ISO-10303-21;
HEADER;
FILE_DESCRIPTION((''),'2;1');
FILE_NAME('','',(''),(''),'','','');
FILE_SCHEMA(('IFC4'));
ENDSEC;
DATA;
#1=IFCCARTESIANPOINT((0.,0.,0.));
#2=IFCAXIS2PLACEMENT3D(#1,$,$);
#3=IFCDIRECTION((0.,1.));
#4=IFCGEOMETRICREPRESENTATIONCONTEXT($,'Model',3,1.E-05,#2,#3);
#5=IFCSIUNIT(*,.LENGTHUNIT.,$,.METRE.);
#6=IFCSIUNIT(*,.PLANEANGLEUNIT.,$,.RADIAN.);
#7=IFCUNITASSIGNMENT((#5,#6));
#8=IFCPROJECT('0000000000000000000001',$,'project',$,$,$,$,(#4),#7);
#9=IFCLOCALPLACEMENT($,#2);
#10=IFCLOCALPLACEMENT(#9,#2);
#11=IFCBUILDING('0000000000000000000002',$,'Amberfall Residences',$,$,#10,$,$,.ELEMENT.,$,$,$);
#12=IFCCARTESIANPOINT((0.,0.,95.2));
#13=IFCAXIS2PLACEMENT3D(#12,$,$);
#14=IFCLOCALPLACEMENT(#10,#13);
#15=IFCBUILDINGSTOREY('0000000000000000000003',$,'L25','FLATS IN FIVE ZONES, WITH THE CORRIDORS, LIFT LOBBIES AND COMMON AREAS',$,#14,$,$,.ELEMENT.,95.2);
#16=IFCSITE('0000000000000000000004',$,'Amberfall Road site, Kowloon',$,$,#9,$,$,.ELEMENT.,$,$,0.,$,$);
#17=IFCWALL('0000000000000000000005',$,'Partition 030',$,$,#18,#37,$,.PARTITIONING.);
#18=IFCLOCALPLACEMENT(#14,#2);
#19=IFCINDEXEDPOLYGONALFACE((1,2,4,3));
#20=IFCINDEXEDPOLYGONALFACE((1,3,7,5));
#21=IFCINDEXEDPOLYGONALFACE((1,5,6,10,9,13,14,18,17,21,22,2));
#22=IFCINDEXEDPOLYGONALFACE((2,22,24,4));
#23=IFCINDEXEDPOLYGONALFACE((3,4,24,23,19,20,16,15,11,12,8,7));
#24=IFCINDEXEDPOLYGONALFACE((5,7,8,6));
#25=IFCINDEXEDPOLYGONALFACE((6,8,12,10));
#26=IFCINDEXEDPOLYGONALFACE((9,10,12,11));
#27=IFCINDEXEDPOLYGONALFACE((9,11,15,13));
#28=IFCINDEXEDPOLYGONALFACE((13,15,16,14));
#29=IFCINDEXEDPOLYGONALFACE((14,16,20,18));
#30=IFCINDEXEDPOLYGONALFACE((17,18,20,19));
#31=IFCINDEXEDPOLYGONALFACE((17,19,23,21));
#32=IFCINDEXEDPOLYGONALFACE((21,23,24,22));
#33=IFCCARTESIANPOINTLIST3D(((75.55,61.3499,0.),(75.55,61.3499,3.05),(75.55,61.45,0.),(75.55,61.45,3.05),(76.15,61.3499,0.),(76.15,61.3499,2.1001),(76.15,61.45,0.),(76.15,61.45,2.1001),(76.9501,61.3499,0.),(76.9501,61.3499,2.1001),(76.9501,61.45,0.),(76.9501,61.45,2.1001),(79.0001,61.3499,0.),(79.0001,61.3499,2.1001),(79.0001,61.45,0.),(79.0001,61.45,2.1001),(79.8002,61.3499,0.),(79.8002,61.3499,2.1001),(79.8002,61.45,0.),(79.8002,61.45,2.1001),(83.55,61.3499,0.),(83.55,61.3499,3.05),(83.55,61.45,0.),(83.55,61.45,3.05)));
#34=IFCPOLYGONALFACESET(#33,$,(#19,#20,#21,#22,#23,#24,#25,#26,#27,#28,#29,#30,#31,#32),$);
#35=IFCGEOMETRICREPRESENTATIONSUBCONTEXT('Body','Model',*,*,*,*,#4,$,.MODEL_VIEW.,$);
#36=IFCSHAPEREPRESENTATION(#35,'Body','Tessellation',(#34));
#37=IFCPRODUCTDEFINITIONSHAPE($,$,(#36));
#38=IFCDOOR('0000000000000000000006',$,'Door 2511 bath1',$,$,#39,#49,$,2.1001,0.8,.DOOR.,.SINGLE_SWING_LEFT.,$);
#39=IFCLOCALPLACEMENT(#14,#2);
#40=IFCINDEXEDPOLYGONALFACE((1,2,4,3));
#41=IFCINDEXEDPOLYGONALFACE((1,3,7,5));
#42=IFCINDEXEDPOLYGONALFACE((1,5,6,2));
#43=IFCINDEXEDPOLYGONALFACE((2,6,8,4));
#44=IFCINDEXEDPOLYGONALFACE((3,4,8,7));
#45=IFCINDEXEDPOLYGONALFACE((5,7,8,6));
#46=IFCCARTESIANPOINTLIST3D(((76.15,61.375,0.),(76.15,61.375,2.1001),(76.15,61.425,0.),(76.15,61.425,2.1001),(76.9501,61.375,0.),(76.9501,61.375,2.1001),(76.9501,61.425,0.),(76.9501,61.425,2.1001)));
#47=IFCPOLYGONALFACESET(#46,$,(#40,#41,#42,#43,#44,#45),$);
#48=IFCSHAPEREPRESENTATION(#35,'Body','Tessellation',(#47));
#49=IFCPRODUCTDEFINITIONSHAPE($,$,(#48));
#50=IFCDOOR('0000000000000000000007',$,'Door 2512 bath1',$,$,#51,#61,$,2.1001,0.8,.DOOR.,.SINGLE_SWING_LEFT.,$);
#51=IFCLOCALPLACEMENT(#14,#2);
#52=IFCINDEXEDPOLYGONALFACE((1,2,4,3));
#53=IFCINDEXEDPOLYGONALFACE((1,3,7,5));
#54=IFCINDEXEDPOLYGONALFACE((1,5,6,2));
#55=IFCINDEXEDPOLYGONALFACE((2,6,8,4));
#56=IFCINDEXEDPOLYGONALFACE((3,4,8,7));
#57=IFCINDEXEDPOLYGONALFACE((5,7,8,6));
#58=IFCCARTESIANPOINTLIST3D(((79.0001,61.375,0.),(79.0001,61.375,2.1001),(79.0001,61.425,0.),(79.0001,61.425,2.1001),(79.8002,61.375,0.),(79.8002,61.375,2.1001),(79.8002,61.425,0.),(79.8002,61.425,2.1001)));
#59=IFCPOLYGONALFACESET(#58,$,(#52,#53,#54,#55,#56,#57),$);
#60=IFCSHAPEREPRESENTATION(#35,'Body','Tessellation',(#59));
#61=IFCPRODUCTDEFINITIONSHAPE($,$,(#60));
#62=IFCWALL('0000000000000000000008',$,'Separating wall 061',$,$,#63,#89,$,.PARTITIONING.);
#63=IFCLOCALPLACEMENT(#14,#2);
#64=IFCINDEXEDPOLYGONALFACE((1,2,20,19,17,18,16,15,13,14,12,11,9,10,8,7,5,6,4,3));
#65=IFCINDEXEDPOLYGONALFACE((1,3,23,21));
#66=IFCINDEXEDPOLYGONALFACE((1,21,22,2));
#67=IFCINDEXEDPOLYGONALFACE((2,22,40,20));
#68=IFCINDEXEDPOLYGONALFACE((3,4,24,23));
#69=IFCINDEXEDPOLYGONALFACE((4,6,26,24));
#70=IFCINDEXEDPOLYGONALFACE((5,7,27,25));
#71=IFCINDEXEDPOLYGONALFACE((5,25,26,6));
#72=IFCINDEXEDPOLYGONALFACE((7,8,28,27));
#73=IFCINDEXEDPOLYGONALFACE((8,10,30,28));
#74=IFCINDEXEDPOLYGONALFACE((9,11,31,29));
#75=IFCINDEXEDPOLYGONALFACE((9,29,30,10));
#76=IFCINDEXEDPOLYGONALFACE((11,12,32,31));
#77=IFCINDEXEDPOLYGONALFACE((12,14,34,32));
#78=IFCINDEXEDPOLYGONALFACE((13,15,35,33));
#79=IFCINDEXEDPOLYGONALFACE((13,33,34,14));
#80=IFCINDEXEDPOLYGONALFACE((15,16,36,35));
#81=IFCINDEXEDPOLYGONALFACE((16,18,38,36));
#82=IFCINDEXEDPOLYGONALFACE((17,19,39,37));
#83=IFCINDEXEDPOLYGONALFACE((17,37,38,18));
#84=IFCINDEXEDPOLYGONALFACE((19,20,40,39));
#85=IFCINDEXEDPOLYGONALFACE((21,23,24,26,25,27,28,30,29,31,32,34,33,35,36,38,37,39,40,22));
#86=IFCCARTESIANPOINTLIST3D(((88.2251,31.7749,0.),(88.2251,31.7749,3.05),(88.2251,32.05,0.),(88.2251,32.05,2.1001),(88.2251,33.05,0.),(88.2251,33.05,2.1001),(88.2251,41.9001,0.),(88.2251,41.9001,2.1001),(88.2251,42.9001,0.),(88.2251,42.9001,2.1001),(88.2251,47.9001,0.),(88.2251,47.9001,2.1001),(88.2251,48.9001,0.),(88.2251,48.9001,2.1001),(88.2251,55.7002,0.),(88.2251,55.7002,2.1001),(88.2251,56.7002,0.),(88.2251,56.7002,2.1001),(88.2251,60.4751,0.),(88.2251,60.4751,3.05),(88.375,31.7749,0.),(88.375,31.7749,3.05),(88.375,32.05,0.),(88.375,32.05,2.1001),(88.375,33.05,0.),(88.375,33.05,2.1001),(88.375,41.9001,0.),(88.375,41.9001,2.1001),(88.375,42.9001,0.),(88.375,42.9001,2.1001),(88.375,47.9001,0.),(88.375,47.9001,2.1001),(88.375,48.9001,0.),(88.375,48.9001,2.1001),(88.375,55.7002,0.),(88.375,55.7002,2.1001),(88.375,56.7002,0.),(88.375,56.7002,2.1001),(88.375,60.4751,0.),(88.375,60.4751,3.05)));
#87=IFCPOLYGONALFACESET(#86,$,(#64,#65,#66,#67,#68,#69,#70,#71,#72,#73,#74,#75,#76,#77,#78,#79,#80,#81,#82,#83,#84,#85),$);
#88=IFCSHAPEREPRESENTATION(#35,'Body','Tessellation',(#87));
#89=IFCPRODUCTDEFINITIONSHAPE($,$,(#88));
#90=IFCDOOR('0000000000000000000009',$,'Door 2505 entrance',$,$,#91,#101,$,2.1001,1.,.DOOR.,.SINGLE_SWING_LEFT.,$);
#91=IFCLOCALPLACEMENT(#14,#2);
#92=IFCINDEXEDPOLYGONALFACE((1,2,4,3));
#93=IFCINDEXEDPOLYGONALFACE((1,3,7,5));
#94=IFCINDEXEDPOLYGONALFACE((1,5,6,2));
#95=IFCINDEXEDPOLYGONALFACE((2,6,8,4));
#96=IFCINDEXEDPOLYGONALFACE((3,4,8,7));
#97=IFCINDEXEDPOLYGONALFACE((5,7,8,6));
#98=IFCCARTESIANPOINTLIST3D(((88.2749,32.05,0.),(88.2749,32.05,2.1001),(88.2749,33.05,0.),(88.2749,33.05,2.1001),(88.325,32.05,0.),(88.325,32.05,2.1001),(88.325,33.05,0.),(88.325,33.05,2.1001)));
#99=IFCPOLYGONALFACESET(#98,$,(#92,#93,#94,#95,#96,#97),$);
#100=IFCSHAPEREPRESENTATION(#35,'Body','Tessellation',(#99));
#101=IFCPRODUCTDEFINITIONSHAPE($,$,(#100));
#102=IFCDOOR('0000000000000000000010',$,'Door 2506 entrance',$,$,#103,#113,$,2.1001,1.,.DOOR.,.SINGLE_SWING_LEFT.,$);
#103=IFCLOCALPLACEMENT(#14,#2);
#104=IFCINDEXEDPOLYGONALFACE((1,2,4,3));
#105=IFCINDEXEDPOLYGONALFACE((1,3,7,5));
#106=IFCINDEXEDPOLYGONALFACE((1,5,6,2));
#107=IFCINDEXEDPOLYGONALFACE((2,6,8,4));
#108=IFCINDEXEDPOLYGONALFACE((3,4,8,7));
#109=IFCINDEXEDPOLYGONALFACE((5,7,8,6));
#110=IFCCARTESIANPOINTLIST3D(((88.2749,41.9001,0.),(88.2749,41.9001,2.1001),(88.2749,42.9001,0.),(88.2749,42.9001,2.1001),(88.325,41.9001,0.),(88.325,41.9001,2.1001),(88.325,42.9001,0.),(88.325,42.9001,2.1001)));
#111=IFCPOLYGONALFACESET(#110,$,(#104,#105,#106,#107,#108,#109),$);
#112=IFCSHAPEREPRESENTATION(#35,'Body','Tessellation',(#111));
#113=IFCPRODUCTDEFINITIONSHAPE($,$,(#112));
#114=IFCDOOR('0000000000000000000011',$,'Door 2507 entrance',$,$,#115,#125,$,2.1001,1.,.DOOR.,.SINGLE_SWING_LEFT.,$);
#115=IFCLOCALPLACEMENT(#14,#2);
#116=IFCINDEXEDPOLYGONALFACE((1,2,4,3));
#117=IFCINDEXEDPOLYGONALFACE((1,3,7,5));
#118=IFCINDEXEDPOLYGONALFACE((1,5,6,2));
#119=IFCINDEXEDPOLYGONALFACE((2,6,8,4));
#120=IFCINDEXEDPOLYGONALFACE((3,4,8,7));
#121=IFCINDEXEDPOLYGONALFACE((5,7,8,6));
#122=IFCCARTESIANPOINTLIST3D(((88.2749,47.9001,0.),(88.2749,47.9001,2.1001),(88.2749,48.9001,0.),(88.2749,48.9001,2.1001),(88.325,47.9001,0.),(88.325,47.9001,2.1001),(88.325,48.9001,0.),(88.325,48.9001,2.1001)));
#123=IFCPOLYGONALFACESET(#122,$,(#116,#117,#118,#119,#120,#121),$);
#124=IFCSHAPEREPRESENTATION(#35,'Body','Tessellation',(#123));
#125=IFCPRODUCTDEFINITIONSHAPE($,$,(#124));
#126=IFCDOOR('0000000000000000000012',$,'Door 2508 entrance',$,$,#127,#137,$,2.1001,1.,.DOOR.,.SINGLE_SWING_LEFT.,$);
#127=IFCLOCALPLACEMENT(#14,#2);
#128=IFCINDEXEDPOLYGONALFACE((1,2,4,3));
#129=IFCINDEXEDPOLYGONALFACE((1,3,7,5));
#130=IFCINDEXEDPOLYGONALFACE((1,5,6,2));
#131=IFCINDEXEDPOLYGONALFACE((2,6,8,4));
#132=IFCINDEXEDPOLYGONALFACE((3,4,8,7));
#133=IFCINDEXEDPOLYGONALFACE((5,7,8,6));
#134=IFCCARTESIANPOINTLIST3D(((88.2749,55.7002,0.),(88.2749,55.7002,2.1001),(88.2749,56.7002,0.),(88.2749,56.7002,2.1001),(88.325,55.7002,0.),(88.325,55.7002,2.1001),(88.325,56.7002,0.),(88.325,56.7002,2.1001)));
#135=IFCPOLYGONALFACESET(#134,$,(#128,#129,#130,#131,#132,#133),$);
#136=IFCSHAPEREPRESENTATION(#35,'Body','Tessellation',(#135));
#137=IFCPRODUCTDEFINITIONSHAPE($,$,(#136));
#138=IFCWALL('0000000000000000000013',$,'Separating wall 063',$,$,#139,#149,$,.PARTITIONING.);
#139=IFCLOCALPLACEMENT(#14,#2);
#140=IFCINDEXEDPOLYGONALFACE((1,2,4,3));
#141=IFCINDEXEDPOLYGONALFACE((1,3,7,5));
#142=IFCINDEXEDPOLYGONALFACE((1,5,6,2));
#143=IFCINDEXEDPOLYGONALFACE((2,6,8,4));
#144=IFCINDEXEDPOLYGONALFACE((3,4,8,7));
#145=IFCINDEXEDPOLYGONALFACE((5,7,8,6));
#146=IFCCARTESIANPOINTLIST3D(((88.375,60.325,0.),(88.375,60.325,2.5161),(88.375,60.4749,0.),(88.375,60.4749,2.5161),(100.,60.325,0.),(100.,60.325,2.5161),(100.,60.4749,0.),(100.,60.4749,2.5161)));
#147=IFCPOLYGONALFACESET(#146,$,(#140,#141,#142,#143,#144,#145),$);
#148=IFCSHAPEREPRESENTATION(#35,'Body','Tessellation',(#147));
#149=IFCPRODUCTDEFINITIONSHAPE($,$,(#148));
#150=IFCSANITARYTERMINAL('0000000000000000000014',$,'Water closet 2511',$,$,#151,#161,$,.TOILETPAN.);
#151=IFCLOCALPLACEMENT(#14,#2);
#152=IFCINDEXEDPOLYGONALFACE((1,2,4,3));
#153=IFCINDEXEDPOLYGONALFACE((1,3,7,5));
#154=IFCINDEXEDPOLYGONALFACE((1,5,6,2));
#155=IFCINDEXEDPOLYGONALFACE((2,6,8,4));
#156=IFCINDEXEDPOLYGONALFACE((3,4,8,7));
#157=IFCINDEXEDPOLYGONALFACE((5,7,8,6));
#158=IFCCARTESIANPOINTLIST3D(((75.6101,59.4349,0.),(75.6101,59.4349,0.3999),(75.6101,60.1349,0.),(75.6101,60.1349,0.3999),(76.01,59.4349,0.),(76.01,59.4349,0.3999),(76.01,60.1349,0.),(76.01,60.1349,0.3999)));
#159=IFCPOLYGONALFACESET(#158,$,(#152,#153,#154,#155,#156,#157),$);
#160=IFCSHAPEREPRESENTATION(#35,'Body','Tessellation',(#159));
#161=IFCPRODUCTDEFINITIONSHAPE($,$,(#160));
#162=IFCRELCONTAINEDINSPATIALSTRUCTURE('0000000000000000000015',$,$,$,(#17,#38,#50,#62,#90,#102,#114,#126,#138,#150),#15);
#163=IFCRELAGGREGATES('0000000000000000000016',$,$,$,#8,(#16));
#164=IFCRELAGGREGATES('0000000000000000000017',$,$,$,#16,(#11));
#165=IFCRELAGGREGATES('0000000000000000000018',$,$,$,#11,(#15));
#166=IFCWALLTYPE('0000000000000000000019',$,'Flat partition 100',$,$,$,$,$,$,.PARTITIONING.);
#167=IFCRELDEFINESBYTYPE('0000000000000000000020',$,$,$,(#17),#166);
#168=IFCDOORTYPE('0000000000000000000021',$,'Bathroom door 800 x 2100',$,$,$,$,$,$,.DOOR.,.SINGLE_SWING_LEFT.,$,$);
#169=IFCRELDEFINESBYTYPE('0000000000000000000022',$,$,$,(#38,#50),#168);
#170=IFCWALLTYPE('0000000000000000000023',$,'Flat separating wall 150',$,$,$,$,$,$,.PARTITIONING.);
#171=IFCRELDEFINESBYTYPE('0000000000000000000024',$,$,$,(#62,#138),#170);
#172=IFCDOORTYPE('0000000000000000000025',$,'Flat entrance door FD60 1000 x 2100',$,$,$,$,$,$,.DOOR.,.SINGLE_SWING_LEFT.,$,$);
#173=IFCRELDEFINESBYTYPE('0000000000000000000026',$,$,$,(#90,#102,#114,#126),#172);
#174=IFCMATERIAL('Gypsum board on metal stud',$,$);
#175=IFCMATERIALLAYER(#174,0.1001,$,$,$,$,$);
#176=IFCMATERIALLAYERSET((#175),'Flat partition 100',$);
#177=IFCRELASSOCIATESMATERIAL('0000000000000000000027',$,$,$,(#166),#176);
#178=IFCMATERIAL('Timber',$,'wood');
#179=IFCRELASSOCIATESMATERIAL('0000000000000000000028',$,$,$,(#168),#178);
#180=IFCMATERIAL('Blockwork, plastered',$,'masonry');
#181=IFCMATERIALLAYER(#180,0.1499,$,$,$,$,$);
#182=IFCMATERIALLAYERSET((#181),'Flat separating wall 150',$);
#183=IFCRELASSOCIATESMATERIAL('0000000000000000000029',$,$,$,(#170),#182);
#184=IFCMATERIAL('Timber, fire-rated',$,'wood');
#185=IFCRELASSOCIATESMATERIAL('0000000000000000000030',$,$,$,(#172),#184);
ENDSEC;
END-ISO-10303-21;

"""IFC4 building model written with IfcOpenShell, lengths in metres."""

from ifc_helpers import new_model, si_unit, direction, frame, frame_2d, origin, origin_2d, place, context, subcontext, project, spatial, rectangle, extrude, material, layer, layer_set, type_object, element, fill, save


model = new_model("IFC4")

# Units and contexts
model_context = context("Model", 3, precision=1e-05, world=origin(), true_north=direction((0.0, 1.0)))
body_context = subcontext(model_context, "Body", "Model", "MODEL_VIEW")
ifc_project = project(units=[si_unit("LENGTHUNIT", "METRE"), si_unit("PLANEANGLEUNIT", "RADIAN")], contexts=[model_context])

# Site, building, storey
site_placement = place(None, origin())
site = spatial("IfcSite", under=ifc_project, at=site_placement, Name="Amberfall Road site, Kowloon", CompositionType="ELEMENT", RefElevation=0.0)
building_placement = place(site_placement, origin())
building = spatial("IfcBuilding", under=site, at=building_placement, Name="Amberfall Residences", CompositionType="ELEMENT")
storey_placement = place(building_placement, frame((0.0, 0.0, 95.2)))
storey = spatial("IfcBuildingStorey", under=building, at=storey_placement, Name="L25", Description="FLATS IN FIVE ZONES, WITH THE CORRIDORS, LIFT LOBBIES AND COMMON AREAS", CompositionType="ELEMENT", Elevation=95.2)

# Walls, openings, doors
ifc_material_1 = material(Name="Gypsum board on metal stud")
ifc_layer_1 = layer(ifc_material_1, 0.1001)
ifc_layer_set_1 = layer_set([ifc_layer_1], Name="Flat partition 100")
wall_type_1 = type_object("IfcWallType", Name="Flat partition 100", PredefinedType="PARTITIONING", material=ifc_layer_set_1)
ifc_material_2 = material(Name="Timber", Category="wood")
wall_1_placement = place(storey_placement, frame((83.55, 61.3999, 0.0), z_axis=(0.0, 0.0, 1.0), x_axis=(-1.0, 0.0, 0.0)))
wall_1 = element("IfcWall", 1, at=wall_1_placement, inside=storey, type_object=wall_type_1, Name="Partition 030", PredefinedType="PARTITIONING", context=body_context, shape_type="SweptSolid", body=[
    extrude(rectangle(XDim=8.0, YDim=0.1001, at=frame_2d((4.0, 0.0))), origin(), (0.0, 0.0, 1.0), 3.05),
])
opening_1_placement = place(wall_1_placement, frame((6.6001, 0.0, 0.0)))
opening_1 = element("IfcOpeningElement", 2, at=opening_1_placement, cuts=wall_1, PredefinedType="OPENING", context=body_context, shape_type="SweptSolid", body=[
    extrude(rectangle(XDim=0.8, YDim=2.1001, at=frame_2d((0.3999, 1.05))), frame((0.0, 0.0601, 0.0), z_axis=(0.0, -1.0, 0.0), x_axis=(1.0, 0.0, 0.0)), (0.0, 0.0, 1.0), 0.1201),
])
opening_2_placement = place(wall_1_placement, frame((3.75, 0.0, 0.0)))
opening_2 = element("IfcOpeningElement", 3, at=opening_2_placement, cuts=wall_1, PredefinedType="OPENING", context=body_context, shape_type="SweptSolid", body=[
    extrude(rectangle(XDim=0.8, YDim=2.1001, at=frame_2d((0.3999, 1.05))), frame((0.0, 0.0601, 0.0), z_axis=(0.0, -1.0, 0.0), x_axis=(1.0, 0.0, 0.0)), (0.0, 0.0, 1.0), 0.1201),
])
door_type_1 = type_object("IfcDoorType", Name="Bathroom door 800 x 2100", OperationType="SINGLE_SWING_LEFT", PredefinedType="DOOR", material=ifc_material_2)
door_1_placement = place(opening_1_placement, origin())
door_1 = element("IfcDoor", 4, at=door_1_placement, inside=storey, type_object=door_type_1, Name="Door 2511 bath1", OperationType="SINGLE_SWING_LEFT", OverallHeight=2.1001, OverallWidth=0.8, PredefinedType="DOOR", context=body_context, shape_type="SweptSolid", body=[
    extrude(rectangle(XDim=0.8, YDim=2.1001, at=frame_2d((0.3999, 1.05))), frame((0.0, 0.0249, 0.0), z_axis=(0.0, -1.0, 0.0), x_axis=(1.0, 0.0, 0.0)), (0.0, 0.0, 1.0), 0.05),
])
fill(opening_1, door_1)
door_2_placement = place(opening_2_placement, origin())
door_2 = element("IfcDoor", 5, at=door_2_placement, inside=storey, type_object=door_type_1, Name="Door 2512 bath1", OperationType="SINGLE_SWING_LEFT", OverallHeight=2.1001, OverallWidth=0.8, PredefinedType="DOOR", context=body_context, shape_type="SweptSolid", body=[
    extrude(rectangle(XDim=0.8, YDim=2.1001, at=frame_2d((0.3999, 1.05))), frame((0.0, 0.0249, 0.0), z_axis=(0.0, -1.0, 0.0), x_axis=(1.0, 0.0, 0.0)), (0.0, 0.0, 1.0), 0.05),
])
fill(opening_2, door_2)
ifc_material_3 = material(Name="Blockwork, plastered", Category="masonry")
ifc_layer_2 = layer(ifc_material_3, 0.1499)
ifc_layer_set_2 = layer_set([ifc_layer_2], Name="Flat separating wall 150")
wall_type_2 = type_object("IfcWallType", Name="Flat separating wall 150", PredefinedType="PARTITIONING", material=ifc_layer_set_2)
wall_2_placement = place(storey_placement, frame((88.3, 60.4751, 0.0), z_axis=(0.0, 0.0, 1.0), x_axis=(0.0, -1.0, 0.0)))
wall_2 = element("IfcWall", 6, at=wall_2_placement, inside=storey, type_object=wall_type_2, Name="Separating wall 061", PredefinedType="PARTITIONING", context=body_context, shape_type="SweptSolid", body=[
    extrude(rectangle(XDim=28.7002, YDim=0.1499, at=frame_2d((14.3501, 0.0))), origin(), (0.0, 0.0, 1.0), 3.05),
])
opening_3_placement = place(wall_2_placement, frame((27.425, 0.0, 0.0)))
opening_3 = element("IfcOpeningElement", 7, at=opening_3_placement, cuts=wall_2, PredefinedType="OPENING", context=body_context, shape_type="SweptSolid", body=[
    extrude(rectangle(XDim=1.0, YDim=2.1001, at=frame_2d((0.5, 1.05))), frame((0.0, 0.085, 0.0), z_axis=(0.0, -1.0, 0.0), x_axis=(1.0, 0.0, 0.0)), (0.0, 0.0, 1.0), 0.1699),
])
opening_4_placement = place(wall_2_placement, frame((17.575, 0.0, 0.0)))
opening_4 = element("IfcOpeningElement", 8, at=opening_4_placement, cuts=wall_2, PredefinedType="OPENING", context=body_context, shape_type="SweptSolid", body=[
    extrude(rectangle(XDim=1.0, YDim=2.1001, at=frame_2d((0.5, 1.05))), frame((0.0, 0.085, 0.0), z_axis=(0.0, -1.0, 0.0), x_axis=(1.0, 0.0, 0.0)), (0.0, 0.0, 1.0), 0.1699),
])
opening_5_placement = place(wall_2_placement, frame((11.575, 0.0, 0.0)))
opening_5 = element("IfcOpeningElement", 9, at=opening_5_placement, cuts=wall_2, PredefinedType="OPENING", context=body_context, shape_type="SweptSolid", body=[
    extrude(rectangle(XDim=1.0, YDim=2.1001, at=frame_2d((0.5, 1.05))), frame((0.0, 0.085, 0.0), z_axis=(0.0, -1.0, 0.0), x_axis=(1.0, 0.0, 0.0)), (0.0, 0.0, 1.0), 0.1699),
])
opening_6_placement = place(wall_2_placement, frame((3.7749, 0.0, 0.0)))
opening_6 = element("IfcOpeningElement", 10, at=opening_6_placement, cuts=wall_2, PredefinedType="OPENING", context=body_context, shape_type="SweptSolid", body=[
    extrude(rectangle(XDim=1.0, YDim=2.1001, at=frame_2d((0.5, 1.05))), frame((0.0, 0.085, 0.0), z_axis=(0.0, -1.0, 0.0), x_axis=(1.0, 0.0, 0.0)), (0.0, 0.0, 1.0), 0.1699),
])
ifc_material_4 = material(Name="Timber, fire-rated", Category="wood")
door_type_2 = type_object("IfcDoorType", Name="Flat entrance door FD60 1000 x 2100", OperationType="SINGLE_SWING_LEFT", PredefinedType="DOOR", material=ifc_material_4)
door_3_placement = place(opening_3_placement, origin())
door_3 = element("IfcDoor", 11, at=door_3_placement, inside=storey, type_object=door_type_2, Name="Door 2505 entrance", OperationType="SINGLE_SWING_LEFT", OverallHeight=2.1001, OverallWidth=1.0, PredefinedType="DOOR", context=body_context, shape_type="SweptSolid", body=[
    extrude(rectangle(XDim=1.0, YDim=2.1001, at=frame_2d((0.5, 1.05))), frame((0.0, 0.0249, 0.0), z_axis=(0.0, -1.0, 0.0), x_axis=(1.0, 0.0, 0.0)), (0.0, 0.0, 1.0), 0.05),
])
fill(opening_3, door_3)
door_4_placement = place(opening_4_placement, origin())
door_4 = element("IfcDoor", 12, at=door_4_placement, inside=storey, type_object=door_type_2, Name="Door 2506 entrance", OperationType="SINGLE_SWING_LEFT", OverallHeight=2.1001, OverallWidth=1.0, PredefinedType="DOOR", context=body_context, shape_type="SweptSolid", body=[
    extrude(rectangle(XDim=1.0, YDim=2.1001, at=frame_2d((0.5, 1.05))), frame((0.0, 0.0249, 0.0), z_axis=(0.0, -1.0, 0.0), x_axis=(1.0, 0.0, 0.0)), (0.0, 0.0, 1.0), 0.05),
])
fill(opening_4, door_4)
door_5_placement = place(opening_5_placement, origin())
door_5 = element("IfcDoor", 13, at=door_5_placement, inside=storey, type_object=door_type_2, Name="Door 2507 entrance", OperationType="SINGLE_SWING_LEFT", OverallHeight=2.1001, OverallWidth=1.0, PredefinedType="DOOR", context=body_context, shape_type="SweptSolid", body=[
    extrude(rectangle(XDim=1.0, YDim=2.1001, at=frame_2d((0.5, 1.05))), frame((0.0, 0.0249, 0.0), z_axis=(0.0, -1.0, 0.0), x_axis=(1.0, 0.0, 0.0)), (0.0, 0.0, 1.0), 0.05),
])
fill(opening_5, door_5)
door_6_placement = place(opening_6_placement, origin())
door_6 = element("IfcDoor", 14, at=door_6_placement, inside=storey, type_object=door_type_2, Name="Door 2508 entrance", OperationType="SINGLE_SWING_LEFT", OverallHeight=2.1001, OverallWidth=1.0, PredefinedType="DOOR", context=body_context, shape_type="SweptSolid", body=[
    extrude(rectangle(XDim=1.0, YDim=2.1001, at=frame_2d((0.5, 1.05))), frame((0.0, 0.0249, 0.0), z_axis=(0.0, -1.0, 0.0), x_axis=(1.0, 0.0, 0.0)), (0.0, 0.0, 1.0), 0.05),
])
fill(opening_6, door_6)

# Wall
wall_3_placement = place(storey_placement, frame((88.375, 60.3999, 0.0), z_axis=(0.0, 0.0, 1.0), x_axis=(1.0, 0.0, 0.0)))
element("IfcWall", 15, at=wall_3_placement, inside=storey, type_object=wall_type_2, Name="Separating wall 063", PredefinedType="PARTITIONING", context=body_context, shape_type="SweptSolid", body=[
    extrude(rectangle(XDim=11.625, YDim=0.1499, at=frame_2d((5.8125, 0.0))), origin(), (0.0, 0.0, 1.0), 2.5161),
])

# Sanitary terminal
sanitary_terminal_1_placement = place(storey_placement, frame((75.8101, 59.7849, 0.0), z_axis=(0.0, 0.0, 1.0), x_axis=(1.0, 0.0, 0.0)))
element("IfcSanitaryTerminal", 16, at=sanitary_terminal_1_placement, inside=storey, Name="Water closet 2511", PredefinedType="TOILETPAN", context=body_context, shape_type="SweptSolid", body=[
    extrude(rectangle(XDim=0.3999, YDim=0.7, at=origin_2d()), origin(), (0.0, 0.0, 1.0), 0.3999),
])

save(model, "model.ifc")
